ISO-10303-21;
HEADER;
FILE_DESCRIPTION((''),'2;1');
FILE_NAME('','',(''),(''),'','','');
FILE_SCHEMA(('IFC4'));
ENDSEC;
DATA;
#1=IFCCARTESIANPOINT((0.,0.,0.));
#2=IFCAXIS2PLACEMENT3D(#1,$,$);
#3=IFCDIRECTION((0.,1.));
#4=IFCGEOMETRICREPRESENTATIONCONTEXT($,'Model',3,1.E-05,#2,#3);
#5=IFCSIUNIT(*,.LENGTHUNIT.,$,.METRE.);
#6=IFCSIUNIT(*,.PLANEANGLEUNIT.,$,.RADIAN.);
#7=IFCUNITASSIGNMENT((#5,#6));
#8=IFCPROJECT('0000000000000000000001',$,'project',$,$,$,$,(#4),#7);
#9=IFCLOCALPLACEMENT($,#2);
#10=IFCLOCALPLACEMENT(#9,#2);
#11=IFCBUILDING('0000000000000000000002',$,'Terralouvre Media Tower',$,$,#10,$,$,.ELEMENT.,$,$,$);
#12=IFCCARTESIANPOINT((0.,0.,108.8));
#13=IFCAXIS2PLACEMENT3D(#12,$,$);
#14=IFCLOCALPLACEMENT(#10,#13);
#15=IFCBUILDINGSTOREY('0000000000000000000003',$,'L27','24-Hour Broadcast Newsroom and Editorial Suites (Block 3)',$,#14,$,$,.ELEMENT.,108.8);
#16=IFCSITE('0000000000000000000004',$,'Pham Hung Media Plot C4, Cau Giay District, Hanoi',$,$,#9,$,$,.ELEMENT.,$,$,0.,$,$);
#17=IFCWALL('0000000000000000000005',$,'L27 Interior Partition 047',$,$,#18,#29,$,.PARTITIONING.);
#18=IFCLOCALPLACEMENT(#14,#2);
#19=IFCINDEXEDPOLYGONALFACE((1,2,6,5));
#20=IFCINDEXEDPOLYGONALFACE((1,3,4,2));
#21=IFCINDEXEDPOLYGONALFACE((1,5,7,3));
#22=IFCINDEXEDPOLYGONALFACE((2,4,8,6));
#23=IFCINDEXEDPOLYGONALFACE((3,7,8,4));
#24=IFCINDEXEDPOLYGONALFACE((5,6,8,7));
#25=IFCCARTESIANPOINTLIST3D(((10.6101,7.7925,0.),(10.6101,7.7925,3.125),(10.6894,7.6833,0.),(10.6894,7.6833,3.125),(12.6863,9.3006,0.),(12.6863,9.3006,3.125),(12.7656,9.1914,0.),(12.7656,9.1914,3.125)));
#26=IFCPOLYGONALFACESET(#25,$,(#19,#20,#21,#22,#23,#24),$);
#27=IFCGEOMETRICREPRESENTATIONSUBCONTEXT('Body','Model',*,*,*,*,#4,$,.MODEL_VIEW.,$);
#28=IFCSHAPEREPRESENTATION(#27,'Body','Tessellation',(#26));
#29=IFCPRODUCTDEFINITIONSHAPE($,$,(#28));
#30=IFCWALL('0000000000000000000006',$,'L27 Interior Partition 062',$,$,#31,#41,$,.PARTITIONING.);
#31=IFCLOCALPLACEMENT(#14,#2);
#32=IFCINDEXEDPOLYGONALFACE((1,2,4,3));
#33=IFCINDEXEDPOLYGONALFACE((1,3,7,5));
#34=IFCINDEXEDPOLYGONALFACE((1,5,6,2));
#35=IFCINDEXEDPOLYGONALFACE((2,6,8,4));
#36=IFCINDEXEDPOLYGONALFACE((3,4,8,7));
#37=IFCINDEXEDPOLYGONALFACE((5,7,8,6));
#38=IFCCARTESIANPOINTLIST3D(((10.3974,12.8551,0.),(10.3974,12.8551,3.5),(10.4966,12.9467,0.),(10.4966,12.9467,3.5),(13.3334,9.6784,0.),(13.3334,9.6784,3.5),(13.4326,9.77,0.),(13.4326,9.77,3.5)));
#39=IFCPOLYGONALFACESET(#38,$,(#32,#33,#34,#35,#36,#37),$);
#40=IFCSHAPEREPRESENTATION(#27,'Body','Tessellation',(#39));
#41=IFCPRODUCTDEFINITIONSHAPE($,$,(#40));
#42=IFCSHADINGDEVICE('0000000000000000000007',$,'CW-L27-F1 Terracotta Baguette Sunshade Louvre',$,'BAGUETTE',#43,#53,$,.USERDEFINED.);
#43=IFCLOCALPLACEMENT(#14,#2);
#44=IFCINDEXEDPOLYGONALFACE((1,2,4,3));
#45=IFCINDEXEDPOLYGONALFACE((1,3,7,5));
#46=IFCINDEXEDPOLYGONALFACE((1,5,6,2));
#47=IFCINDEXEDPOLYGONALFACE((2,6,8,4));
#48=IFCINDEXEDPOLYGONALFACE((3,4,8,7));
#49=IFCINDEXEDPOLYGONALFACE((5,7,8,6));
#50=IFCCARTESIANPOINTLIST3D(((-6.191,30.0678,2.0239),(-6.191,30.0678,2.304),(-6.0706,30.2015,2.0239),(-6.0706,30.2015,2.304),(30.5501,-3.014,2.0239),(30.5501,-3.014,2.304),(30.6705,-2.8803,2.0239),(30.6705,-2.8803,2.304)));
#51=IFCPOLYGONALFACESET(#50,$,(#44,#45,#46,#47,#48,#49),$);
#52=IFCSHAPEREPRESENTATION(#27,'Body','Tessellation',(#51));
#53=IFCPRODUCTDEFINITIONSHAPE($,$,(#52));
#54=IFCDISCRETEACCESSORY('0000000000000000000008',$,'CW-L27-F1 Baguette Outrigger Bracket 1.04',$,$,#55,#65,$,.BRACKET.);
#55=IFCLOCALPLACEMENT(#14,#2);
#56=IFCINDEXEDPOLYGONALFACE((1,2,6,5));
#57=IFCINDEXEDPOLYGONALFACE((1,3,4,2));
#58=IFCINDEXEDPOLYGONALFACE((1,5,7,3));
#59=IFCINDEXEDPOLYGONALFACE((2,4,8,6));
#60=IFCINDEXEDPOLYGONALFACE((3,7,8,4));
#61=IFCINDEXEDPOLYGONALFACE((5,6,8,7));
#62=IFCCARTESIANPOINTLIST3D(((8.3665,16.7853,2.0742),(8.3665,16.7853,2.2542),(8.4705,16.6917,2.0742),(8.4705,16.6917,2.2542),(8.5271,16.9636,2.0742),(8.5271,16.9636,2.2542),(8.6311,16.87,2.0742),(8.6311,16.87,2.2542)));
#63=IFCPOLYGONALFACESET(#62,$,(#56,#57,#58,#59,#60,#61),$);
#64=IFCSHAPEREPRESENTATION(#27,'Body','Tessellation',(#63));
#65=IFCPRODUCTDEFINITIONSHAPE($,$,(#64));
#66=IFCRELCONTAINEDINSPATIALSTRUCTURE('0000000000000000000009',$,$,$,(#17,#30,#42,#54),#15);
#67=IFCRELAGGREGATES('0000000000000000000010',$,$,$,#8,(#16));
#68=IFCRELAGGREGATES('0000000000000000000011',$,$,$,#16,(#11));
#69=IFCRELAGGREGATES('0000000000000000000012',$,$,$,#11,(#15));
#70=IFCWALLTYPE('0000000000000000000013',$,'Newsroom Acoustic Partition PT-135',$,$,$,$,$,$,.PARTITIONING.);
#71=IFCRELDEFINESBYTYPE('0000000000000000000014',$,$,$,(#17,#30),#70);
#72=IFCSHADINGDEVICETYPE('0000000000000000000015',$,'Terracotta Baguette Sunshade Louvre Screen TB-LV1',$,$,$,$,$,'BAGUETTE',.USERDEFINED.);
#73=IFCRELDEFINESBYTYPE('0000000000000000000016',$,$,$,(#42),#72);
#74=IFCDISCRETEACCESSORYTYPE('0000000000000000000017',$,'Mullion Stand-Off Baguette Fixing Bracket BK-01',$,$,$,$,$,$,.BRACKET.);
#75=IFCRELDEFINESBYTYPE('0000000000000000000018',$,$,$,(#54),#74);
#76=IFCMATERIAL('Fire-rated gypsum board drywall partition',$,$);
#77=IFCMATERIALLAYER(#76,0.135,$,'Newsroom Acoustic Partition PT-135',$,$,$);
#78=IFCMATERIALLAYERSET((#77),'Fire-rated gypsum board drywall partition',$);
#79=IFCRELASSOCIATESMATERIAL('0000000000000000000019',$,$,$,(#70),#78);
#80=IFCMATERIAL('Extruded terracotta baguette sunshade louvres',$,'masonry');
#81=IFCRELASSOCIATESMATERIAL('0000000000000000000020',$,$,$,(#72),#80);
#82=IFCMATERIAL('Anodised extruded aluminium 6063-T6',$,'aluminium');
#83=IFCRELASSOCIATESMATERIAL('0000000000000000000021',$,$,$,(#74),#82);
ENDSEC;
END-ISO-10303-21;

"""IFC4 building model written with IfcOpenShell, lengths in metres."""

from ifc_helpers import new_model, si_unit, direction, frame, frame_2d, origin, origin_2d, place, context, subcontext, project, spatial, rectangle, extrude, material, layer, layer_set, type_object, element, save


model = new_model("IFC4")

# Units and contexts
model_context = context("Model", 3, precision=1e-05, world=origin(), true_north=direction((0.0, 1.0)))
body_context = subcontext(model_context, "Body", "Model", "MODEL_VIEW")
ifc_project = project(units=[si_unit("LENGTHUNIT", "METRE"), si_unit("PLANEANGLEUNIT", "RADIAN")], contexts=[model_context])

# Site, building, storey
site_placement = place(None, origin())
site = spatial("IfcSite", under=ifc_project, at=site_placement, Name="Pham Hung Media Plot C4, Cau Giay District, Hanoi", CompositionType="ELEMENT", RefElevation=0.0)
building_placement = place(site_placement, origin())
building = spatial("IfcBuilding", under=site, at=building_placement, Name="Terralouvre Media Tower", CompositionType="ELEMENT")
storey_placement = place(building_placement, frame((0.0, 0.0, 108.8)))
storey = spatial("IfcBuildingStorey", under=building, at=storey_placement, Name="L27", Description="24-Hour Broadcast Newsroom and Editorial Suites (Block 3)", CompositionType="ELEMENT", Elevation=108.8)

# Shared definitions
ifc_material_1 = material(Name="Fire-rated gypsum board drywall partition")
ifc_layer_1 = layer(ifc_material_1, 0.135, Name="Newsroom Acoustic Partition PT-135")
ifc_layer_set_1 = layer_set([ifc_layer_1], Name="Fire-rated gypsum board drywall partition")
wall_type = type_object("IfcWallType", Name="Newsroom Acoustic Partition PT-135", PredefinedType="PARTITIONING", material=ifc_layer_set_1)

# Walls
wall_1_placement = place(storey_placement, frame((12.7261, 9.2461, 0.0), z_axis=(0.0, 0.0, 1.0), x_axis=(-0.809086, -0.587691, 0.0)))
element("IfcWall", 1, at=wall_1_placement, inside=storey, type_object=wall_type, Name="L27 Interior Partition 047", PredefinedType="PARTITIONING", context=body_context, shape_type="SweptSolid", body=[
    extrude(rectangle(XDim=2.5662, YDim=0.135, at=frame_2d((1.2832, 0.0))), origin(), (0.0, 0.0, 1.0), 3.125),
])
wall_2_placement = place(storey_placement, frame((10.447, 12.9009, 0.0), z_axis=(0.0, 0.0, 1.0), x_axis=(0.678735, -0.734384, 0.0)))
element("IfcWall", 2, at=wall_2_placement, inside=storey, type_object=wall_type, Name="L27 Interior Partition 062", PredefinedType="PARTITIONING", context=body_context, shape_type="SweptSolid", body=[
    extrude(rectangle(XDim=4.3257, YDim=0.135, at=frame_2d((2.1628, 0.0))), origin(), (0.0, 0.0, 1.0), 3.5),
])

# Shading device
ifc_material_2 = material(Name="Extruded terracotta baguette sunshade louvres", Category="masonry")
shading_device_type = type_object("IfcShadingDeviceType", Name="Terracotta Baguette Sunshade Louvre Screen TB-LV1", ElementType="BAGUETTE", PredefinedType="USERDEFINED", material=ifc_material_2)
shading_device_placement = place(storey_placement, frame((12.2397, 13.5938, 2.0239), z_axis=(0.0, 0.0, 1.0), x_axis=(-0.743145, 0.669131, 0.0)))
element("IfcShadingDevice", 3, at=shading_device_placement, inside=storey, type_object=shading_device_type, Name="CW-L27-F1 Terracotta Baguette Sunshade Louvre", ObjectType="BAGUETTE", PredefinedType="USERDEFINED", context=body_context, shape_type="SweptSolid", body=[
    extrude(rectangle(XDim=49.4399, YDim=0.1799, at=origin_2d()), origin(), (0.0, 0.0, 1.0), 0.28),
])

# Discrete accessory
ifc_material_3 = material(Name="Anodised extruded aluminium 6063-T6", Category="aluminium")
discrete_accessory_type = type_object("IfcDiscreteAccessoryType", Name="Mullion Stand-Off Baguette Fixing Bracket BK-01", PredefinedType="BRACKET", material=ifc_material_3)
discrete_accessory_placement = place(storey_placement, frame((8.4988, 16.8276, 2.0742), z_axis=(0.0, 0.0, 1.0), x_axis=(-0.743145, 0.669131, 0.0)))
element("IfcDiscreteAccessory", 4, at=discrete_accessory_placement, inside=storey, type_object=discrete_accessory_type, Name="CW-L27-F1 Baguette Outrigger Bracket 1.04", PredefinedType="BRACKET", context=body_context, shape_type="SweptSolid", body=[
    extrude(rectangle(XDim=0.1399, YDim=0.24, at=origin_2d()), origin(), (0.0, 0.0, 1.0), 0.1799),
])

save(model, "model.ifc")
